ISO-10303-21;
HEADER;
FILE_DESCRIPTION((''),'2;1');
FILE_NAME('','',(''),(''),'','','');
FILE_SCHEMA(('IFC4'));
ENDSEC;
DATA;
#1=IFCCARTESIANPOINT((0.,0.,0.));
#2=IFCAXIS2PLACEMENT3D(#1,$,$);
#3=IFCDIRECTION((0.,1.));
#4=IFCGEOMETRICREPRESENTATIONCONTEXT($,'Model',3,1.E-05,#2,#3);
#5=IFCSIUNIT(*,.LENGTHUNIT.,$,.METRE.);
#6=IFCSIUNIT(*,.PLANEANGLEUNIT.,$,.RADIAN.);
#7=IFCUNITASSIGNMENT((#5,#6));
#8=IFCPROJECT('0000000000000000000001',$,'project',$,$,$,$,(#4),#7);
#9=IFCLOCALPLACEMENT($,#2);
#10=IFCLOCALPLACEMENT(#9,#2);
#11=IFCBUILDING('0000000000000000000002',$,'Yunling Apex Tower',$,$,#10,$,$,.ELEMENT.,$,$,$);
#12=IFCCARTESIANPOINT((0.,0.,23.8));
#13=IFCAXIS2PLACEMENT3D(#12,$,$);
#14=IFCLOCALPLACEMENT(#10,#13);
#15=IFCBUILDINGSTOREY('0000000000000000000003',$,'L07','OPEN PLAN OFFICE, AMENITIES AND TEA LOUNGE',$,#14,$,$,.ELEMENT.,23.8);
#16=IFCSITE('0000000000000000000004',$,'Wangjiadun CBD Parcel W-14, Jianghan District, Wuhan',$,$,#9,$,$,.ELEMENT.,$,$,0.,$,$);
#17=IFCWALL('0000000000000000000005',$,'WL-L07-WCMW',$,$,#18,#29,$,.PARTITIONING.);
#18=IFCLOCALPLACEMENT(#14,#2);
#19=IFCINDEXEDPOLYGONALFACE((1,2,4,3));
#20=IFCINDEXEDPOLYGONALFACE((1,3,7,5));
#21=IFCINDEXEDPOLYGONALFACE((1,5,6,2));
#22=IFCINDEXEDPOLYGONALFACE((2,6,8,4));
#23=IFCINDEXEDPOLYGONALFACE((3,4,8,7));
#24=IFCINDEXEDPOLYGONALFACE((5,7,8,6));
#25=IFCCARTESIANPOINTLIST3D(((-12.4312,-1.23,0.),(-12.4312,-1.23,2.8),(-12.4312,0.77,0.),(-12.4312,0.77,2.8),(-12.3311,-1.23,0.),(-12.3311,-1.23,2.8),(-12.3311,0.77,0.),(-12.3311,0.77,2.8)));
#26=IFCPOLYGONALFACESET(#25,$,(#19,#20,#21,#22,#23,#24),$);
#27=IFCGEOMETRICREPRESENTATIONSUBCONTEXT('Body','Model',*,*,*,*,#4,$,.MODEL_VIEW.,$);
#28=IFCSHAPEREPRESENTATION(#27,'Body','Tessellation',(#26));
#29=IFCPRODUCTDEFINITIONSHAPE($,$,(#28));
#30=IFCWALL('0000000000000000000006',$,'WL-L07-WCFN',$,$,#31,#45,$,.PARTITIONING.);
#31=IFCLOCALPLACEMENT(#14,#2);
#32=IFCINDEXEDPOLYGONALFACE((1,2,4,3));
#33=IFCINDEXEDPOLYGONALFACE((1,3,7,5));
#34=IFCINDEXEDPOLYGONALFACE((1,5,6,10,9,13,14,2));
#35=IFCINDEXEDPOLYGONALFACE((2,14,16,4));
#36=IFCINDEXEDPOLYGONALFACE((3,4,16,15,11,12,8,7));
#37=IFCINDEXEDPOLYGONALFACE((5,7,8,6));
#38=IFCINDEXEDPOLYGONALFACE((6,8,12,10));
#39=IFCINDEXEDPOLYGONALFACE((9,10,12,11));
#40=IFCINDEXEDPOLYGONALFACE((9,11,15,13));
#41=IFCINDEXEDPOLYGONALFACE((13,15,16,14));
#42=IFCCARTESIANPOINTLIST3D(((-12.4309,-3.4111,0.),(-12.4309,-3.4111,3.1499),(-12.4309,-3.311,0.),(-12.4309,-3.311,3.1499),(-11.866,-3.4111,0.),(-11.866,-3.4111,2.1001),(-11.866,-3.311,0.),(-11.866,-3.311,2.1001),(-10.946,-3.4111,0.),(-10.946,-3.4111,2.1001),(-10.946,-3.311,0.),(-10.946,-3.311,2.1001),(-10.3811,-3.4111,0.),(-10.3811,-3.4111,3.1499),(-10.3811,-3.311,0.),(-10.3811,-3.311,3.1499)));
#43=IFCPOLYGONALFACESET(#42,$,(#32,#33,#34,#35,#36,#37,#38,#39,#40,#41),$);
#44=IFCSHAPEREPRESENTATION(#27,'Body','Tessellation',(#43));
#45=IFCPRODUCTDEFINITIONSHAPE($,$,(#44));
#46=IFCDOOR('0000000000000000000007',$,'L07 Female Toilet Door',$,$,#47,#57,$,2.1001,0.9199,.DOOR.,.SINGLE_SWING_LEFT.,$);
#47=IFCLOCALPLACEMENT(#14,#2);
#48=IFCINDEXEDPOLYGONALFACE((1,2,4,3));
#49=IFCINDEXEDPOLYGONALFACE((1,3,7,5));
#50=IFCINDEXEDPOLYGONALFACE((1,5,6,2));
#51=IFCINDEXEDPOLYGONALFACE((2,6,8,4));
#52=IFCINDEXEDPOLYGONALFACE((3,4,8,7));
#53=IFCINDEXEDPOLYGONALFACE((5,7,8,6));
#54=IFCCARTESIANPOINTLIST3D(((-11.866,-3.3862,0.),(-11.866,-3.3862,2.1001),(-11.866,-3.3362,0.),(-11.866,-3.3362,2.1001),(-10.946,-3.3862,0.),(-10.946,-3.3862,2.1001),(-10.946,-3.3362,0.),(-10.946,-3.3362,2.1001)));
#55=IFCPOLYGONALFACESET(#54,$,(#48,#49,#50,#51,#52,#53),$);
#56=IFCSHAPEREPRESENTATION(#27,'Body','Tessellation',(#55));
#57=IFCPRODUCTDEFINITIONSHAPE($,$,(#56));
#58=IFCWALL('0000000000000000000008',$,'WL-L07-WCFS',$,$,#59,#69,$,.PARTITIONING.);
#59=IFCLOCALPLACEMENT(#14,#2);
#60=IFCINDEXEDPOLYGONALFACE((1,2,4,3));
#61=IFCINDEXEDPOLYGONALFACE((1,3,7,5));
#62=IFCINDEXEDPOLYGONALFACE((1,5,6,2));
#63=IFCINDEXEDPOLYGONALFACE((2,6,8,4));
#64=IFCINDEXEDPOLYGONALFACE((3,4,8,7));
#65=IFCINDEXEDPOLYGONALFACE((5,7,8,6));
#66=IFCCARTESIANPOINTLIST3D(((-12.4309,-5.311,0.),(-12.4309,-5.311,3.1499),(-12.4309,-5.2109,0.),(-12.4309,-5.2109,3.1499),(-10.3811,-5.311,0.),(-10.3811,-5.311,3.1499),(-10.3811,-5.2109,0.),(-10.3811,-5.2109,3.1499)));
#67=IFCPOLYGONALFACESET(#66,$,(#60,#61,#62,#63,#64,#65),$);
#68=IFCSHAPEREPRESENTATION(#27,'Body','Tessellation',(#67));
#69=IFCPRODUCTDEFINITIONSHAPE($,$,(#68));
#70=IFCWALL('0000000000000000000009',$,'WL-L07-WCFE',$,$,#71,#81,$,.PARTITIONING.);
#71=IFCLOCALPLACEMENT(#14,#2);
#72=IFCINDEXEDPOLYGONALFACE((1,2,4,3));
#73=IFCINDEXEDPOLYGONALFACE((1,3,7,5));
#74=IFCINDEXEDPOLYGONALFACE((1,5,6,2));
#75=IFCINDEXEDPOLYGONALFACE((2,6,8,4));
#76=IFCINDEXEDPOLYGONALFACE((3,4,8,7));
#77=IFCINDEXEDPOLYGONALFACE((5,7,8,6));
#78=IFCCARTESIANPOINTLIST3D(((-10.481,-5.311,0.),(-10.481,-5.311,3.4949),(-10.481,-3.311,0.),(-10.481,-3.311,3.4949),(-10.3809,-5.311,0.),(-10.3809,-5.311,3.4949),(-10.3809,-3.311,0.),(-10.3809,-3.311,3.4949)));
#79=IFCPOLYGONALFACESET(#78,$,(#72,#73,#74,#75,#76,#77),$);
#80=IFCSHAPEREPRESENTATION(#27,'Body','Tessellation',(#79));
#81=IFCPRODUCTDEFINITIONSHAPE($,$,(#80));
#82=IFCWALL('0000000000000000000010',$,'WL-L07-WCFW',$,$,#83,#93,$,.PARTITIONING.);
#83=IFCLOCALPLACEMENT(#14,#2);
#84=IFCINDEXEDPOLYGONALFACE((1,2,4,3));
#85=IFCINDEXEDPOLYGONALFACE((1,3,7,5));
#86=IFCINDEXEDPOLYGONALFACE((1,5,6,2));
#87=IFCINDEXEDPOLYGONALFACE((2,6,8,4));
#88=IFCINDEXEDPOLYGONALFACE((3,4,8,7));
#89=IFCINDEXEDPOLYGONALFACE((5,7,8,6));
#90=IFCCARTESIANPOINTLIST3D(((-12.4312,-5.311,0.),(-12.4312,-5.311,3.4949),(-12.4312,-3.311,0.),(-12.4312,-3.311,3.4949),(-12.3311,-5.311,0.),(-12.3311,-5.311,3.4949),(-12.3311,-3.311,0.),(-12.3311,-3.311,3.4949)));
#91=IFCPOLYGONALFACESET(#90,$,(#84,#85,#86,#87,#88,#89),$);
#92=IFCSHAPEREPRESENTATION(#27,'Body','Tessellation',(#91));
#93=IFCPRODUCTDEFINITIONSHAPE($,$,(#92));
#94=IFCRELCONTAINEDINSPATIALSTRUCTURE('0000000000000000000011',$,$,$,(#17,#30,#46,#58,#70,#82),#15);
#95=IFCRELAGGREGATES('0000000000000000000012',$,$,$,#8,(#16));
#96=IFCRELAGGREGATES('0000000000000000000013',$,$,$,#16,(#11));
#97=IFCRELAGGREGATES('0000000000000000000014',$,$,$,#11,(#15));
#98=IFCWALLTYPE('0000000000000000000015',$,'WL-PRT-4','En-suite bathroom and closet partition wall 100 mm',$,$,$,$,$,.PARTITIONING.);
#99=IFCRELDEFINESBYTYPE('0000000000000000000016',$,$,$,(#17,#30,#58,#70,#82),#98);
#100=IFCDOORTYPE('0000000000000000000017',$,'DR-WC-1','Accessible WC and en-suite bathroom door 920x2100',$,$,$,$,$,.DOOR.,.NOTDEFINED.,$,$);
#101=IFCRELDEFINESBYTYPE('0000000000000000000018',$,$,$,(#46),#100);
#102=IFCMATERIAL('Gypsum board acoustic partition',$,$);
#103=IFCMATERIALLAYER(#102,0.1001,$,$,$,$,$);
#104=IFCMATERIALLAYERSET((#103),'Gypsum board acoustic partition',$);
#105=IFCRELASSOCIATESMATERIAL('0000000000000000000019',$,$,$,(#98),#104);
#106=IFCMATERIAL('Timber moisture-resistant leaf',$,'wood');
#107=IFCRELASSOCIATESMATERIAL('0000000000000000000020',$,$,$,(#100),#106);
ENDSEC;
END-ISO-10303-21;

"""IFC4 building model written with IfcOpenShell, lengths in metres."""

from ifc_helpers import new_model, si_unit, direction, frame, frame_2d, origin, place, context, subcontext, project, spatial, rectangle, extrude, material, layer, layer_set, type_object, element, fill, save


model = new_model("IFC4")

# Units and contexts
model_context = context("Model", 3, precision=1e-05, world=origin(), true_north=direction((0.0, 1.0)))
body_context = subcontext(model_context, "Body", "Model", "MODEL_VIEW")
ifc_project = project(units=[si_unit("LENGTHUNIT", "METRE"), si_unit("PLANEANGLEUNIT", "RADIAN")], contexts=[model_context])

# Site, building, storey
site_placement = place(None, origin())
site = spatial("IfcSite", under=ifc_project, at=site_placement, Name="Wangjiadun CBD Parcel W-14, Jianghan District, Wuhan", CompositionType="ELEMENT", RefElevation=0.0)
building_placement = place(site_placement, origin())
building = spatial("IfcBuilding", under=site, at=building_placement, Name="Yunling Apex Tower", CompositionType="ELEMENT")
storey_placement = place(building_placement, frame((0.0, 0.0, 23.8)))
storey = spatial("IfcBuildingStorey", under=building, at=storey_placement, Name="L07", Description="OPEN PLAN OFFICE, AMENITIES AND TEA LOUNGE", CompositionType="ELEMENT", Elevation=23.8)

# Wall
ifc_material_1 = material(Name="Gypsum board acoustic partition")
ifc_layer_1 = layer(ifc_material_1, 0.1001)
ifc_layer_set_1 = layer_set([ifc_layer_1], Name="Gypsum board acoustic partition")
wall_type = type_object("IfcWallType", Name="WL-PRT-4", Description="En-suite bathroom and closet partition wall 100 mm", PredefinedType="PARTITIONING", material=ifc_layer_set_1)
wall_1_placement = place(storey_placement, frame((-12.3811, -1.23, 0.0), z_axis=(0.0, 0.0, 1.0), x_axis=(0.0, 1.0, 0.0)))
element("IfcWall", 1, at=wall_1_placement, inside=storey, type_object=wall_type, Name="WL-L07-WCMW", PredefinedType="PARTITIONING", context=body_context, shape_type="SweptSolid", body=[
    extrude(rectangle(XDim=2.0, YDim=0.1001, at=frame_2d((1.0, 0.0))), origin(), (0.0, 0.0, 1.0), 2.8),
])

# Wall, opening, door
wall_2_placement = place(storey_placement, frame((-12.4309, -3.3611, 0.0), z_axis=(0.0, 0.0, 1.0), x_axis=(1.0, 0.0, 0.0)))
wall_2 = element("IfcWall", 2, at=wall_2_placement, inside=storey, type_object=wall_type, Name="WL-L07-WCFN", PredefinedType="PARTITIONING", context=body_context, shape_type="SweptSolid", body=[
    extrude(rectangle(XDim=2.0498, YDim=0.1001, at=frame_2d((1.0249, 0.0))), origin(), (0.0, 0.0, 1.0), 3.1499),
])
opening_placement = place(wall_2_placement, frame((0.5649, 0.0, 0.0)))
opening = element("IfcOpeningElement", 3, at=opening_placement, cuts=wall_2, PredefinedType="OPENING", context=body_context, shape_type="SweptSolid", body=[
    extrude(rectangle(XDim=0.9199, YDim=2.1001, at=frame_2d((0.46, 1.05))), frame((0.0, 0.0601, 0.0), z_axis=(0.0, -1.0, 0.0), x_axis=(1.0, 0.0, 0.0)), (0.0, 0.0, 1.0), 0.1201),
])
ifc_material_2 = material(Name="Timber moisture-resistant leaf", Category="wood")
door_type = type_object("IfcDoorType", Name="DR-WC-1", Description="Accessible WC and en-suite bathroom door 920x2100", OperationType="NOTDEFINED", PredefinedType="DOOR", material=ifc_material_2)
door_placement = place(opening_placement, origin())
door = element("IfcDoor", 4, at=door_placement, inside=storey, type_object=door_type, Name="L07 Female Toilet Door", OperationType="SINGLE_SWING_LEFT", OverallHeight=2.1001, OverallWidth=0.9199, PredefinedType="DOOR", context=body_context, shape_type="SweptSolid", body=[
    extrude(rectangle(XDim=0.9199, YDim=2.1001, at=frame_2d((0.46, 1.05))), frame((0.0, 0.0249, 0.0), z_axis=(0.0, -1.0, 0.0), x_axis=(1.0, 0.0, 0.0)), (0.0, 0.0, 1.0), 0.05),
])
fill(opening, door)

# Walls
wall_3_placement = place(storey_placement, frame((-10.3811, -5.261, 0.0), z_axis=(0.0, 0.0, 1.0), x_axis=(-1.0, 0.0, 0.0)))
element("IfcWall", 5, at=wall_3_placement, inside=storey, type_object=wall_type, Name="WL-L07-WCFS", PredefinedType="PARTITIONING", context=body_context, shape_type="SweptSolid", body=[
    extrude(rectangle(XDim=2.0498, YDim=0.1001, at=frame_2d((1.0249, 0.0))), origin(), (0.0, 0.0, 1.0), 3.1499),
])
for number, where, z_axis, x_axis, name in (
    (6, (-10.4309, -3.311, 0.0), (0.0, 0.0, 1.0), (0.0, -1.0, 0.0), "WL-L07-WCFE"),
    (7, (-12.3811, -5.311, 0.0), (0.0, 0.0, 1.0), (0.0, 1.0, 0.0), "WL-L07-WCFW"),
):
    element("IfcWall", number, at=place(storey_placement, frame(where, z_axis=z_axis, x_axis=x_axis)), inside=storey, type_object=wall_type, Name=name, PredefinedType="PARTITIONING", context=body_context, shape_type="SweptSolid", body=[
        extrude(rectangle(XDim=2.0, YDim=0.1001, at=frame_2d((1.0, 0.0))), origin(), (0.0, 0.0, 1.0), 3.4949),
    ])

save(model, "model.ifc")
